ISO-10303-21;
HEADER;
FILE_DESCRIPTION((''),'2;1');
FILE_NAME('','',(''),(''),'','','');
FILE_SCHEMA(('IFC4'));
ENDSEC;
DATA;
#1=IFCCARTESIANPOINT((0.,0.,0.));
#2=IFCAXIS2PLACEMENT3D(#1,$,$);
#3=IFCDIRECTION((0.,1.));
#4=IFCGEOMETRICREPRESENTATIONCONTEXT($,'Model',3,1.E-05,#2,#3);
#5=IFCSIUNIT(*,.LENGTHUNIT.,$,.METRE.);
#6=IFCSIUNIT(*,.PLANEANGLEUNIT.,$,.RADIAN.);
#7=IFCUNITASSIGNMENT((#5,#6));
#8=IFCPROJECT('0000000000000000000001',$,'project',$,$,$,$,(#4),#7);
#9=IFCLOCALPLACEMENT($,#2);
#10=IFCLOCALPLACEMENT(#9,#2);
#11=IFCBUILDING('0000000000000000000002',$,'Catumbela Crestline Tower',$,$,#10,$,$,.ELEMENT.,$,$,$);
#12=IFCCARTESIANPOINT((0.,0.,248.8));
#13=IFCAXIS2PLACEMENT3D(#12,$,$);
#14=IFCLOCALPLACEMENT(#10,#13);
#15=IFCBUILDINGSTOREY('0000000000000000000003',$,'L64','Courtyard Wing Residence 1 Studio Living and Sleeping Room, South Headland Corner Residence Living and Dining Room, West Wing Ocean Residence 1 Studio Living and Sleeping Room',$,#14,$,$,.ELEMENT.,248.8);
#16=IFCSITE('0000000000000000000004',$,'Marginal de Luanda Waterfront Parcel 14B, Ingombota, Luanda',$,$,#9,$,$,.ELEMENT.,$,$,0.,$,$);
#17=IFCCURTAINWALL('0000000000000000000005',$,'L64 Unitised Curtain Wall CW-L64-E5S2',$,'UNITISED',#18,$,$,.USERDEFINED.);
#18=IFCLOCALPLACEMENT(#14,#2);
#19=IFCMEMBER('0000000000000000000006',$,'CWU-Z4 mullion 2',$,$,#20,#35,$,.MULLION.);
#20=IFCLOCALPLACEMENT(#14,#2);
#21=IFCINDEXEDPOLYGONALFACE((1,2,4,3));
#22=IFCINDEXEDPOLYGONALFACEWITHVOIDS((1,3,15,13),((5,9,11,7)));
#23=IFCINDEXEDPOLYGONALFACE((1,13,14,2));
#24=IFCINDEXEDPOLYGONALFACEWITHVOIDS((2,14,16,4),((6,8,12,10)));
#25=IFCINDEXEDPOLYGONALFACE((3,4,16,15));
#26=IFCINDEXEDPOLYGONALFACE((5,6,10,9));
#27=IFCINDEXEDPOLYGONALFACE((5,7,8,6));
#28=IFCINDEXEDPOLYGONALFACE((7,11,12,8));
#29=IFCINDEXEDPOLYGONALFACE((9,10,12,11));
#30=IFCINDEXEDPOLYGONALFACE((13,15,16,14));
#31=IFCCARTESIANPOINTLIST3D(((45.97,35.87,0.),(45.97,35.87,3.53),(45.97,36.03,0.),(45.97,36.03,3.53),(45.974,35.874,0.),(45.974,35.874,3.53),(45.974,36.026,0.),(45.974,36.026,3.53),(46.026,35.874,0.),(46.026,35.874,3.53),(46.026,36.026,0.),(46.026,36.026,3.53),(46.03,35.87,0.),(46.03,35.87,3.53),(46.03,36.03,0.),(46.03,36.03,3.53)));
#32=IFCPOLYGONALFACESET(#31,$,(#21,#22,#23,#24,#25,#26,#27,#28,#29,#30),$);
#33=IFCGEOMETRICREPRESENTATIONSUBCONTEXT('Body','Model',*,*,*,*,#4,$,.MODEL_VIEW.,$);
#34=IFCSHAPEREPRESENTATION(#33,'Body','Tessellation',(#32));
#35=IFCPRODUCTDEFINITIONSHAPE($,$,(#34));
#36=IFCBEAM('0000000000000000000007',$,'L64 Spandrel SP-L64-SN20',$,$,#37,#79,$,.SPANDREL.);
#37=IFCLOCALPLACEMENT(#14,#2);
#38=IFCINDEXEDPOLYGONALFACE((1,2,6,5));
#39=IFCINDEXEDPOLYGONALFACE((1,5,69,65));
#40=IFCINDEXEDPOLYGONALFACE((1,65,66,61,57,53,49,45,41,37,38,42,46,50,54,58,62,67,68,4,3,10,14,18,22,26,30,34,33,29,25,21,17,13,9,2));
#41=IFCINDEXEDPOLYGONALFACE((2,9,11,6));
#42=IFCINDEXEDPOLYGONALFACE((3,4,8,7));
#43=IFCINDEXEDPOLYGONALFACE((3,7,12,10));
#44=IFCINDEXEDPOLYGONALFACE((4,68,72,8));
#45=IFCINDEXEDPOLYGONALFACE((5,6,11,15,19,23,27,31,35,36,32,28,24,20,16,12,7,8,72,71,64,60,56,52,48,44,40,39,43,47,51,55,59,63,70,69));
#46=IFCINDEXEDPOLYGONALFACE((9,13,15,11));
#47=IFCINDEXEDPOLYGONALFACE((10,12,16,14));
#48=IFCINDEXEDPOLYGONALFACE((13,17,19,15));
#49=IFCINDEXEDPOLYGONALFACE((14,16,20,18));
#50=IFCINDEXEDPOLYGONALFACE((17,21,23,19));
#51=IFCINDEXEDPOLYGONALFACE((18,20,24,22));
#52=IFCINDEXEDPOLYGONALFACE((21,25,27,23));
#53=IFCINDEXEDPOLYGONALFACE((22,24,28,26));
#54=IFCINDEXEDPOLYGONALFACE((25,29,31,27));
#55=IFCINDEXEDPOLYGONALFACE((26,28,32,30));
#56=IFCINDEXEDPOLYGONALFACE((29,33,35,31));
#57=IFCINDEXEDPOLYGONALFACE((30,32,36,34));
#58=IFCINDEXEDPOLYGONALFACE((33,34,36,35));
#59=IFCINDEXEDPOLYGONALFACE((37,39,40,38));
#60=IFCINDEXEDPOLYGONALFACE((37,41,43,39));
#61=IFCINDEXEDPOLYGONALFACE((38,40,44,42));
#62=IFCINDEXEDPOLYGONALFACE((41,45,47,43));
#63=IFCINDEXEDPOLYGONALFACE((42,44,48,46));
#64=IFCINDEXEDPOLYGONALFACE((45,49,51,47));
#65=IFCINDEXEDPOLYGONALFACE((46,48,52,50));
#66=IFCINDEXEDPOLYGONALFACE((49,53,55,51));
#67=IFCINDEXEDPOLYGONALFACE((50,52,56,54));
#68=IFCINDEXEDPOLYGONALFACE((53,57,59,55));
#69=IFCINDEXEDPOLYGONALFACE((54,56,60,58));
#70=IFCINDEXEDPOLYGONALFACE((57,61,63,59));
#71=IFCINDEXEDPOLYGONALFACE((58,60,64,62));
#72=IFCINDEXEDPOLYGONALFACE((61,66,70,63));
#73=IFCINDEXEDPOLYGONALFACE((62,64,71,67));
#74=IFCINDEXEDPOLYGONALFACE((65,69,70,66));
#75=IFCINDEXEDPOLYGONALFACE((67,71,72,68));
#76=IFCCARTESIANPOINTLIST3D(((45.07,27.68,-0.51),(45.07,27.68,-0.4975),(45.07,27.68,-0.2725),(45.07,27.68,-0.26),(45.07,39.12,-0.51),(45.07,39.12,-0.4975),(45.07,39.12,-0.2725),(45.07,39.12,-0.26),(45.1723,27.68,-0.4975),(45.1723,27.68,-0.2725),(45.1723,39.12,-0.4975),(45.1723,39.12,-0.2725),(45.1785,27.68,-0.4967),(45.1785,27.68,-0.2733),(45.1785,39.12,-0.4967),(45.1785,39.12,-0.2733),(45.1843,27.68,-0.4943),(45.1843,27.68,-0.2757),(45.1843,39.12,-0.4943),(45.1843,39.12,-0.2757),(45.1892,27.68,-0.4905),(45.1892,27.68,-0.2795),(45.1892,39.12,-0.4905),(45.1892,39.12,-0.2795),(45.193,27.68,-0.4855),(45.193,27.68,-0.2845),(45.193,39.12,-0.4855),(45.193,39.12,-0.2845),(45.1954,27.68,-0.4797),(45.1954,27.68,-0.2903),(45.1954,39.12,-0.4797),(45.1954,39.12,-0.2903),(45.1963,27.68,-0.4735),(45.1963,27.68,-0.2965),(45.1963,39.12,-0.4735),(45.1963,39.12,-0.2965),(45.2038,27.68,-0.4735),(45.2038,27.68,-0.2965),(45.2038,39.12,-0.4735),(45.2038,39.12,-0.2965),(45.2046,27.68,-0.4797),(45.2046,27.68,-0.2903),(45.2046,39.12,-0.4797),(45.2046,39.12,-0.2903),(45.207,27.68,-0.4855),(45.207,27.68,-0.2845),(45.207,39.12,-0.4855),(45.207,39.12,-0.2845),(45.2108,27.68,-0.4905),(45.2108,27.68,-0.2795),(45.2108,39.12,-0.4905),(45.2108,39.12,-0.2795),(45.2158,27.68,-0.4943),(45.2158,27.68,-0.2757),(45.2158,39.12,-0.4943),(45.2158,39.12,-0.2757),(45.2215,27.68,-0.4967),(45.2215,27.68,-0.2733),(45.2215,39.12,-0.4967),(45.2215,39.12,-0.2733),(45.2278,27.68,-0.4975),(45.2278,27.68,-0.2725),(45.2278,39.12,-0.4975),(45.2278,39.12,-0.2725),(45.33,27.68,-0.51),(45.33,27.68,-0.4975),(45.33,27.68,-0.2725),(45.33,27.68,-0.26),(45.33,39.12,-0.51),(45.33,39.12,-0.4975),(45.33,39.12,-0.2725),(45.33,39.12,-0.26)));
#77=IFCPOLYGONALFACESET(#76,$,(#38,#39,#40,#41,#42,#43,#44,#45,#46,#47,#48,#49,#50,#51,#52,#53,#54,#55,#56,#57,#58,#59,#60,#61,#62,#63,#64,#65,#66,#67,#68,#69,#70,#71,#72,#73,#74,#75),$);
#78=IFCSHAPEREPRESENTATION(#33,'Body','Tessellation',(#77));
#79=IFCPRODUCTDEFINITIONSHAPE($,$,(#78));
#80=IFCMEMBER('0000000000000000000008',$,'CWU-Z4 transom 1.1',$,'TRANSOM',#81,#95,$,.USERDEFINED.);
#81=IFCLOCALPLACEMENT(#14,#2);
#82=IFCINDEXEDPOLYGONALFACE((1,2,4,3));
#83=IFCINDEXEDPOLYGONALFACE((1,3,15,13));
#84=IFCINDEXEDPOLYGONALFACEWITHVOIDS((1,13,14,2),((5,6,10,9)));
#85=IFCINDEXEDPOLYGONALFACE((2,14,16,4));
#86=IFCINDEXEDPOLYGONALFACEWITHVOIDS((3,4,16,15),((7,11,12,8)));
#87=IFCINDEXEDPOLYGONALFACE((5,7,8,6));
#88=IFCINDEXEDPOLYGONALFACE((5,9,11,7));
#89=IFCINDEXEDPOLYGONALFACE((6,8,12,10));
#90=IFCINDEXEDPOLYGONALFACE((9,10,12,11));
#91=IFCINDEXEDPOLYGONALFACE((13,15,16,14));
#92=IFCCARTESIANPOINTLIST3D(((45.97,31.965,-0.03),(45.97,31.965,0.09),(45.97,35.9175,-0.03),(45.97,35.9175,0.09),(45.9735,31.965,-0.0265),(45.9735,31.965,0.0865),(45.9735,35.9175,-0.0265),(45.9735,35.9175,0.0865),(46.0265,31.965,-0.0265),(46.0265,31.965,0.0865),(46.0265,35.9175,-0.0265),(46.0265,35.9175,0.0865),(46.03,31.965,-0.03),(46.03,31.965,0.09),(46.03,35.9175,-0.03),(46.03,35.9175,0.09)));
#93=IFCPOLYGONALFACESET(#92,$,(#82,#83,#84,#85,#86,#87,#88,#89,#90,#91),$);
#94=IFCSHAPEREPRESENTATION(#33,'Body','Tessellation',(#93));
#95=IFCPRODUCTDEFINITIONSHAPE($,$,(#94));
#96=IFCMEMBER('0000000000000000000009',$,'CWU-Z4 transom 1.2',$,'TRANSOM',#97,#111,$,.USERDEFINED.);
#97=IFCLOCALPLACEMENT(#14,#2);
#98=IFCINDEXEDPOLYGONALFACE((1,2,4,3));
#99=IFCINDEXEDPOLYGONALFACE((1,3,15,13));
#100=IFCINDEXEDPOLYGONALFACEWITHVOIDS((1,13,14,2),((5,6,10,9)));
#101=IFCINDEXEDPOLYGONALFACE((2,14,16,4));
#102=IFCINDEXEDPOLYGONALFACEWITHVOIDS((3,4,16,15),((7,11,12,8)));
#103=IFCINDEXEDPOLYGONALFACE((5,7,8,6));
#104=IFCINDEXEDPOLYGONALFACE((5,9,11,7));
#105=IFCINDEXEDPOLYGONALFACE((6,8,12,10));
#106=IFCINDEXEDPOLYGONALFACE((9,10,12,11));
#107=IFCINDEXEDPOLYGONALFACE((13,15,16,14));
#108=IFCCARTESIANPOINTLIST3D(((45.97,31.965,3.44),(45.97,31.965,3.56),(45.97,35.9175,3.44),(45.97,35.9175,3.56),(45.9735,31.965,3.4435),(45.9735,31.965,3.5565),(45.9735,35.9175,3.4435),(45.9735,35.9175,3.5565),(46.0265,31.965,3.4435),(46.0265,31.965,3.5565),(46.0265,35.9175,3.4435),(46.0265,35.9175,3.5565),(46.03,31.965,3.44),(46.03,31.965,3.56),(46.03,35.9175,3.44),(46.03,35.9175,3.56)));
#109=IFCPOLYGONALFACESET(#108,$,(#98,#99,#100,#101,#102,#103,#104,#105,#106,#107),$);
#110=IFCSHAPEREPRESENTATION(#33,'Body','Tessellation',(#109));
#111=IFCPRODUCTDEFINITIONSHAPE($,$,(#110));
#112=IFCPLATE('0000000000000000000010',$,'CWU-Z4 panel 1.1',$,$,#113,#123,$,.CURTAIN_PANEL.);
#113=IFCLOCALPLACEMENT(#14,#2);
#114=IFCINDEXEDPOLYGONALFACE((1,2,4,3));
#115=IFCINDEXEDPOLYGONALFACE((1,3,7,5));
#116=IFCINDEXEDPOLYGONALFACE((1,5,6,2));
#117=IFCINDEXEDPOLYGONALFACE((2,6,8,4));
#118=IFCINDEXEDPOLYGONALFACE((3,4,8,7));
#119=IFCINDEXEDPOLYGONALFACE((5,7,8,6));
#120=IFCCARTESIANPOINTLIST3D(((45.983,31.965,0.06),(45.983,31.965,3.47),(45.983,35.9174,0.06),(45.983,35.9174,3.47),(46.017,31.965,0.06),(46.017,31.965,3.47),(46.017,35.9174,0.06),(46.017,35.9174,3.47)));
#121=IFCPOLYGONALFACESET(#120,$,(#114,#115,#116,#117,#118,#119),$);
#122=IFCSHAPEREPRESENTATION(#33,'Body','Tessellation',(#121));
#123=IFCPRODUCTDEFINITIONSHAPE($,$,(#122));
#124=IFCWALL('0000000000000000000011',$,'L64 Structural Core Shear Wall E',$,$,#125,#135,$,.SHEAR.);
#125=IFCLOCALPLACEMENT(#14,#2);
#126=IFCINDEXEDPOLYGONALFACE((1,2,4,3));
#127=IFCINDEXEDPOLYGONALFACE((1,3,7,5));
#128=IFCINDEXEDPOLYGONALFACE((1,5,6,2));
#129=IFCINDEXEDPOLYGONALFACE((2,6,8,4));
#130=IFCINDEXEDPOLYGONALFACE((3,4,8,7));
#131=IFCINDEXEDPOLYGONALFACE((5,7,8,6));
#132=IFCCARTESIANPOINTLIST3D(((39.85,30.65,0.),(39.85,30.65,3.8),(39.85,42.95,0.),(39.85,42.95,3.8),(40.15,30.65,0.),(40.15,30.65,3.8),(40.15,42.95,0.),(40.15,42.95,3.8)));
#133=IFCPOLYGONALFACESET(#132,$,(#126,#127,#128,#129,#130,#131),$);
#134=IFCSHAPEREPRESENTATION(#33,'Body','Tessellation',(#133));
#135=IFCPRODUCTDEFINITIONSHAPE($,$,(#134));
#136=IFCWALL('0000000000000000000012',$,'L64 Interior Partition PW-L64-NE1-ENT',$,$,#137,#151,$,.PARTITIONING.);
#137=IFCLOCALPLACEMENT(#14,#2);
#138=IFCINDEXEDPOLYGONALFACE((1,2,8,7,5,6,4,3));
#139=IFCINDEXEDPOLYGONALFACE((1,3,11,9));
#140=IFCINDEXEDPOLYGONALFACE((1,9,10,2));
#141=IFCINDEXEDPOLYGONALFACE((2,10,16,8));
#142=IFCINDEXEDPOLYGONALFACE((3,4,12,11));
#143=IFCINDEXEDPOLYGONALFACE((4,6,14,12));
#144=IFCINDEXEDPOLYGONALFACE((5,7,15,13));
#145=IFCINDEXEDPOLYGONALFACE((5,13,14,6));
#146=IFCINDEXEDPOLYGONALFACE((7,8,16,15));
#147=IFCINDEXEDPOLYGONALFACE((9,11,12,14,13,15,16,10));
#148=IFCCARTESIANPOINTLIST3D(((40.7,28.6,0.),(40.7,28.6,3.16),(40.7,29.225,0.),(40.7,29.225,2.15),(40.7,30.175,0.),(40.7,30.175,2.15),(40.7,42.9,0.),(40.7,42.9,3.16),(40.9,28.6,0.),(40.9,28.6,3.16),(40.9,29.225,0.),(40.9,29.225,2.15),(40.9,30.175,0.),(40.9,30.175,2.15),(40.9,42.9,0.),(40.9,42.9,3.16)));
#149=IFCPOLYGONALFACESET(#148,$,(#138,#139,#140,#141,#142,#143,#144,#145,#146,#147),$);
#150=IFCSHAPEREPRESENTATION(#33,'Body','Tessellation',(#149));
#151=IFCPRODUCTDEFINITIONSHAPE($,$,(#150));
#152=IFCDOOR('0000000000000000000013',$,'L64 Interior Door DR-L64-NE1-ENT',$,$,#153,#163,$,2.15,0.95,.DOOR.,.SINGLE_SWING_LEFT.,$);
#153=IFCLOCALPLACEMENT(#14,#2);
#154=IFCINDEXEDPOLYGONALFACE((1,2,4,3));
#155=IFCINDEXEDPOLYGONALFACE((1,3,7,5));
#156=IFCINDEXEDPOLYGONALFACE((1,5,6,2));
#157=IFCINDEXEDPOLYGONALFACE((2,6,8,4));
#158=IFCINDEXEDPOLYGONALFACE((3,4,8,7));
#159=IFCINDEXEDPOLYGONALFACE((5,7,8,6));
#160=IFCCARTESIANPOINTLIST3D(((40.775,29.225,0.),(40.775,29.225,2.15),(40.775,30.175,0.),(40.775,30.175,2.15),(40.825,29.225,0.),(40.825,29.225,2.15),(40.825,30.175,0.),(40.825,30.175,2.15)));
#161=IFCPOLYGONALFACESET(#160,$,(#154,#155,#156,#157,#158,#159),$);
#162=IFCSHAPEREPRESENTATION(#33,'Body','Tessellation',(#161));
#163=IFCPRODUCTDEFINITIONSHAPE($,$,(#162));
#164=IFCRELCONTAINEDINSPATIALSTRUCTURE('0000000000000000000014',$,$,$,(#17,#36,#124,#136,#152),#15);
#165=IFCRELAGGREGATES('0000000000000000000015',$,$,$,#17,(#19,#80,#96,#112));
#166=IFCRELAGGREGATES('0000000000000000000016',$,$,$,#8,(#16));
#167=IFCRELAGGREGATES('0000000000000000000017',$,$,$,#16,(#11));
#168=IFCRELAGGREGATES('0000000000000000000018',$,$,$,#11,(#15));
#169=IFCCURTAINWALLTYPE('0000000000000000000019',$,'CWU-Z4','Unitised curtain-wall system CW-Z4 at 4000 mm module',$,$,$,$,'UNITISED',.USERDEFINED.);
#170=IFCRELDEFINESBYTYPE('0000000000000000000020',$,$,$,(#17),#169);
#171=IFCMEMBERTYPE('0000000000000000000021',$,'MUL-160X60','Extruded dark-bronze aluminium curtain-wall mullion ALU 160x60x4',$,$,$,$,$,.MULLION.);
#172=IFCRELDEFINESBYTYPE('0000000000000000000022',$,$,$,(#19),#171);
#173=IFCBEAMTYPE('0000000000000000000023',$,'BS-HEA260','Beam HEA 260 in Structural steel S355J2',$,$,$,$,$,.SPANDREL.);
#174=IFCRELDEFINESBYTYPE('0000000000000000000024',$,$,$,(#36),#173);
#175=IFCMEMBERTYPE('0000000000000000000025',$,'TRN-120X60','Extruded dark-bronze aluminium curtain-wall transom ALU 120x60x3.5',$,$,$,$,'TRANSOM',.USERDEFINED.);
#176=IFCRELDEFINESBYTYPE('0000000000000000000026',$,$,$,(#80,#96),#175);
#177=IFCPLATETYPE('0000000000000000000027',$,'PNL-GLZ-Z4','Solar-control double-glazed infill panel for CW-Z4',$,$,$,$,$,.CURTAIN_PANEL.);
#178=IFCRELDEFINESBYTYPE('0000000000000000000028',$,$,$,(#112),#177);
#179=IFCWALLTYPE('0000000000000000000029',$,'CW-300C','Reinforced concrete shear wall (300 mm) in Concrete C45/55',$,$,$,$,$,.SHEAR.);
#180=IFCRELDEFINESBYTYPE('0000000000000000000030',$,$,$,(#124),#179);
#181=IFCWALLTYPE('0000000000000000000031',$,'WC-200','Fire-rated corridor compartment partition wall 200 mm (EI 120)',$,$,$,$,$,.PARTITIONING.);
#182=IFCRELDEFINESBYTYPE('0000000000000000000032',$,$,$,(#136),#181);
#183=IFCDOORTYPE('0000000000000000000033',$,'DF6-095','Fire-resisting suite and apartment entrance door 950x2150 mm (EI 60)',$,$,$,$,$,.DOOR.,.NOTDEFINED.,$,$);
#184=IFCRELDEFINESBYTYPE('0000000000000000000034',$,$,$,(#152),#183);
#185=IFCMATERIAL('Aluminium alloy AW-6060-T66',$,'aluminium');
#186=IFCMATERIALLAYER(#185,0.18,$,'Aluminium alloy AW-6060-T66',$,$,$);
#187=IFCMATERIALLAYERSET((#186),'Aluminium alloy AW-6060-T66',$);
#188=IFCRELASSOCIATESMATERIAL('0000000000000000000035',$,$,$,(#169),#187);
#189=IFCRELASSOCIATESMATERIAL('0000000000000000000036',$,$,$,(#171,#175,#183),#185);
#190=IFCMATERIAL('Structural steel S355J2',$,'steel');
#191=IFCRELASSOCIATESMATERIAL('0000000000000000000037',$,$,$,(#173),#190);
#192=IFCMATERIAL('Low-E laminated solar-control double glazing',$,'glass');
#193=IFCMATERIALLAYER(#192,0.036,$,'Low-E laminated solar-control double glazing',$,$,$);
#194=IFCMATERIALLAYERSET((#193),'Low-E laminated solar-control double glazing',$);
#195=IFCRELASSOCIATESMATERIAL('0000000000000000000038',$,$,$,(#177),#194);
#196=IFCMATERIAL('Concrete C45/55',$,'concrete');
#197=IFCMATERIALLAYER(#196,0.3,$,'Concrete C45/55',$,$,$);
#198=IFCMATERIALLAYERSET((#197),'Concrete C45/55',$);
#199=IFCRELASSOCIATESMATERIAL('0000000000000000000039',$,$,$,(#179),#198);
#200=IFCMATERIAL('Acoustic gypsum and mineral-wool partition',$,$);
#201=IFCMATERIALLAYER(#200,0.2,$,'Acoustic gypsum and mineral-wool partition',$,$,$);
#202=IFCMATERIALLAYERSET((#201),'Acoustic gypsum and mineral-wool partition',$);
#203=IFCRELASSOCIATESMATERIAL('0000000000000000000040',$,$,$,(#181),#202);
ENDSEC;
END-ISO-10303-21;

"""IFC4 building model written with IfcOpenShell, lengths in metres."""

from ifc_helpers import new_model, si_unit, direction, frame, frame_2d, origin, origin_2d, place, context, subcontext, project, spatial, rectangle, hollow_rectangle, i_section, extrude, material, layer, layer_set, material_profile, profile_set, type_object, element, fill, aggregate, save


model = new_model("IFC4")

# Units and contexts
model_context = context("Model", 3, precision=1e-05, world=origin(), true_north=direction((0.0, 1.0)))
body_context = subcontext(model_context, "Body", "Model", "MODEL_VIEW")
ifc_project = project(units=[si_unit("LENGTHUNIT", "METRE"), si_unit("PLANEANGLEUNIT", "RADIAN")], contexts=[model_context])

# Site, building, storey
site_placement = place(None, origin())
site = spatial("IfcSite", under=ifc_project, at=site_placement, Name="Marginal de Luanda Waterfront Parcel 14B, Ingombota, Luanda", CompositionType="ELEMENT", RefElevation=0.0)
building_placement = place(site_placement, origin())
building = spatial("IfcBuilding", under=site, at=building_placement, Name="Catumbela Crestline Tower", CompositionType="ELEMENT")
storey_placement = place(building_placement, frame((0.0, 0.0, 248.8)))
storey = spatial("IfcBuildingStorey", under=building, at=storey_placement, Name="L64", Description="Courtyard Wing Residence 1 Studio Living and Sleeping Room, South Headland Corner Residence Living and Dining Room, West Wing Ocean Residence 1 Studio Living and Sleeping Room", CompositionType="ELEMENT", Elevation=248.8)

# Shared definitions
ifc_material_1 = material(Name="Concrete C45/55", Category="concrete")
ifc_material_2 = material(Name="Structural steel S355J2", Category="steel")

# Curtain wall, member
ifc_material_3 = material(Name="Aluminium alloy AW-6060-T66", Category="aluminium")
ifc_layer_1 = layer(ifc_material_3, 0.18, Name="Aluminium alloy AW-6060-T66")
ifc_layer_set_1 = layer_set([ifc_layer_1], Name="Aluminium alloy AW-6060-T66")
curtain_wall_type = type_object("IfcCurtainWallType", Name="CWU-Z4", Description="Unitised curtain-wall system CW-Z4 at 4000 mm module", ElementType="UNITISED", PredefinedType="USERDEFINED", material=ifc_layer_set_1)
curtain_wall_placement = place(storey_placement, origin())
curtain_wall = element("IfcCurtainWall", 1, at=curtain_wall_placement, inside=storey, type_object=curtain_wall_type, Name="L64 Unitised Curtain Wall CW-L64-E5S2", ObjectType="UNITISED", PredefinedType="USERDEFINED")
ifc_material_profile_1 = material_profile(ifc_material_3, hollow_rectangle(XDim=0.06, YDim=0.16, WallThickness=0.004, at=origin_2d()), Name="ALU 160x60x4")
ifc_profile_set_1 = profile_set([ifc_material_profile_1], Name="Aluminium alloy AW-6060-T66")
member_type_1 = type_object("IfcMemberType", Name="MUL-160X60", Description="Extruded dark-bronze aluminium curtain-wall mullion ALU 160x60x4", PredefinedType="MULLION", material=ifc_profile_set_1)
member_1_placement = place(storey_placement, frame((46.0, 35.95, 0.0), z_axis=(0.0, 0.0, 1.0), x_axis=(-1.0, 0.0, 0.0)))
member_1 = element("IfcMember", 2, at=member_1_placement, type_object=member_type_1, Name="CWU-Z4 mullion 2", PredefinedType="MULLION", context=body_context, shape_type="SweptSolid", body=[
    extrude(hollow_rectangle(XDim=0.06, YDim=0.16, WallThickness=0.004, at=origin_2d()), origin(), (0.0, 0.0, 1.0), 3.53),
])

# Beam
ifc_material_profile_2 = material_profile(ifc_material_2, i_section(OverallWidth=0.26, OverallDepth=0.25, WebThickness=0.0075, FlangeThickness=0.0125, FilletRadius=0.024, at=origin_2d()), Name="HEA 260")
ifc_profile_set_2 = profile_set([ifc_material_profile_2], Name="Structural steel S355J2")
beam_type_1 = type_object("IfcBeamType", Name="BS-HEA260", Description="Beam HEA 260 in Structural steel S355J2", PredefinedType="SPANDREL", material=ifc_profile_set_2)
beam_1_placement = place(storey_placement, frame((45.2, 27.68, -0.385), z_axis=(0.0, 1.0, 0.0), x_axis=(-1.0, 0.0, 0.0)))
element("IfcBeam", 3, at=beam_1_placement, inside=storey, type_object=beam_type_1, Name="L64 Spandrel SP-L64-SN20", PredefinedType="SPANDREL", context=body_context, shape_type="SweptSolid", body=[
    extrude(i_section(OverallWidth=0.26, OverallDepth=0.25, WebThickness=0.0075, FlangeThickness=0.0125, FilletRadius=0.024, at=origin_2d()), origin(), (0.0, 0.0, 1.0), 11.44),
])

# Members
ifc_material_profile_3 = material_profile(ifc_material_3, hollow_rectangle(XDim=0.06, YDim=0.12, WallThickness=0.0035, at=origin_2d()), Name="ALU 120x60x3.5")
ifc_profile_set_3 = profile_set([ifc_material_profile_3], Name="Aluminium alloy AW-6060-T66")
member_type_2 = type_object("IfcMemberType", Name="TRN-120X60", Description="Extruded dark-bronze aluminium curtain-wall transom ALU 120x60x3.5", ElementType="TRANSOM", PredefinedType="USERDEFINED", material=ifc_profile_set_3)
member_2_placement = place(storey_placement, frame((46.0, 31.965, 0.03), z_axis=(0.0, 1.0, 0.0), x_axis=(-1.0, 0.0, 0.0)))
member_2 = element("IfcMember", 4, at=member_2_placement, type_object=member_type_2, Name="CWU-Z4 transom 1.1", ObjectType="TRANSOM", PredefinedType="USERDEFINED", context=body_context, shape_type="SweptSolid", body=[
    extrude(hollow_rectangle(XDim=0.06, YDim=0.12, WallThickness=0.0035, at=origin_2d()), origin(), (0.0, 0.0, 1.0), 3.9525),
])
member_3_placement = place(storey_placement, frame((46.0, 31.965, 3.5), z_axis=(0.0, 1.0, 0.0), x_axis=(-1.0, 0.0, 0.0)))
member_3 = element("IfcMember", 5, at=member_3_placement, type_object=member_type_2, Name="CWU-Z4 transom 1.2", ObjectType="TRANSOM", PredefinedType="USERDEFINED", context=body_context, shape_type="SweptSolid", body=[
    extrude(hollow_rectangle(XDim=0.06, YDim=0.12, WallThickness=0.0035, at=origin_2d()), origin(), (0.0, 0.0, 1.0), 3.9525),
])

# Plate
ifc_material_4 = material(Name="Low-E laminated solar-control double glazing", Category="glass")
ifc_layer_2 = layer(ifc_material_4, 0.036, Name="Low-E laminated solar-control double glazing")
ifc_layer_set_2 = layer_set([ifc_layer_2], Name="Low-E laminated solar-control double glazing")
plate_type = type_object("IfcPlateType", Name="PNL-GLZ-Z4", Description="Solar-control double-glazed infill panel for CW-Z4", PredefinedType="CURTAIN_PANEL", material=ifc_layer_set_2)
plate_placement = place(storey_placement, frame((46.0, 33.9412, 0.06), z_axis=(0.0, 0.0, 1.0), x_axis=(0.0, 1.0, 0.0)))
plate = element("IfcPlate", 6, at=plate_placement, type_object=plate_type, Name="CWU-Z4 panel 1.1", PredefinedType="CURTAIN_PANEL", context=body_context, shape_type="SweptSolid", body=[
    extrude(rectangle(XDim=3.9525, YDim=0.034, at=origin_2d()), origin(), (0.0, 0.0, 1.0), 3.41),
])
aggregate(curtain_wall, [member_1, member_2, member_3, plate])

# Wall
ifc_layer_3 = layer(ifc_material_1, 0.3, Name="Concrete C45/55")
ifc_layer_set_3 = layer_set([ifc_layer_3], Name="Concrete C45/55")
wall_type_1 = type_object("IfcWallType", Name="CW-300C", Description="Reinforced concrete shear wall (300 mm) in Concrete C45/55", PredefinedType="SHEAR", material=ifc_layer_set_3)
wall_1_placement = place(storey_placement, frame((40.0, 30.65, 0.0), z_axis=(0.0, 0.0, 1.0), x_axis=(0.0, 1.0, 0.0)))
element("IfcWall", 7, at=wall_1_placement, inside=storey, type_object=wall_type_1, Name="L64 Structural Core Shear Wall E", PredefinedType="SHEAR", context=body_context, shape_type="SweptSolid", body=[
    extrude(rectangle(XDim=12.3, YDim=0.3, at=frame_2d((6.15, 0.0))), origin(), (0.0, 0.0, 1.0), 3.8),
])

# Wall, opening, door
ifc_material_5 = material(Name="Acoustic gypsum and mineral-wool partition")
ifc_layer_4 = layer(ifc_material_5, 0.2, Name="Acoustic gypsum and mineral-wool partition")
ifc_layer_set_4 = layer_set([ifc_layer_4], Name="Acoustic gypsum and mineral-wool partition")
wall_type_2 = type_object("IfcWallType", Name="WC-200", Description="Fire-rated corridor compartment partition wall 200 mm (EI 120)", PredefinedType="PARTITIONING", material=ifc_layer_set_4)
wall_2_placement = place(storey_placement, frame((40.8, 28.6, 0.0), z_axis=(0.0, 0.0, 1.0), x_axis=(0.0, 1.0, 0.0)))
wall_2 = element("IfcWall", 8, at=wall_2_placement, inside=storey, type_object=wall_type_2, Name="L64 Interior Partition PW-L64-NE1-ENT", PredefinedType="PARTITIONING", context=body_context, shape_type="SweptSolid", body=[
    extrude(rectangle(XDim=14.3, YDim=0.2, at=frame_2d((7.15, 0.0))), origin(), (0.0, 0.0, 1.0), 3.16),
])
opening_1_placement = place(wall_2_placement, frame((0.625, 0.0, 0.0)))
opening_1 = element("IfcOpeningElement", 9, at=opening_1_placement, cuts=wall_2, PredefinedType="OPENING", context=body_context, shape_type="SweptSolid", body=[
    extrude(rectangle(XDim=0.95, YDim=2.15, at=frame_2d((0.475, 1.075))), frame((0.0, 0.11, 0.0), z_axis=(0.0, -1.0, 0.0), x_axis=(1.0, 0.0, 0.0)), (0.0, 0.0, 1.0), 0.22),
])
door_type_1 = type_object("IfcDoorType", Name="DF6-095", Description="Fire-resisting suite and apartment entrance door 950x2150 mm (EI 60)", OperationType="NOTDEFINED", PredefinedType="DOOR", material=ifc_material_3)
door_1_placement = place(opening_1_placement, origin())
door_1 = element("IfcDoor", 10, at=door_1_placement, inside=storey, type_object=door_type_1, Name="L64 Interior Door DR-L64-NE1-ENT", OperationType="SINGLE_SWING_LEFT", OverallHeight=2.15, OverallWidth=0.95, PredefinedType="DOOR", context=body_context, shape_type="SweptSolid", body=[
    extrude(rectangle(XDim=0.95, YDim=2.15, at=frame_2d((0.475, 1.075))), frame((0.0, 0.025, 0.0), z_axis=(0.0, -1.0, 0.0), x_axis=(1.0, 0.0, 0.0)), (0.0, 0.0, 1.0), 0.05),
])
fill(opening_1, door_1)

save(model, "model.ifc")
